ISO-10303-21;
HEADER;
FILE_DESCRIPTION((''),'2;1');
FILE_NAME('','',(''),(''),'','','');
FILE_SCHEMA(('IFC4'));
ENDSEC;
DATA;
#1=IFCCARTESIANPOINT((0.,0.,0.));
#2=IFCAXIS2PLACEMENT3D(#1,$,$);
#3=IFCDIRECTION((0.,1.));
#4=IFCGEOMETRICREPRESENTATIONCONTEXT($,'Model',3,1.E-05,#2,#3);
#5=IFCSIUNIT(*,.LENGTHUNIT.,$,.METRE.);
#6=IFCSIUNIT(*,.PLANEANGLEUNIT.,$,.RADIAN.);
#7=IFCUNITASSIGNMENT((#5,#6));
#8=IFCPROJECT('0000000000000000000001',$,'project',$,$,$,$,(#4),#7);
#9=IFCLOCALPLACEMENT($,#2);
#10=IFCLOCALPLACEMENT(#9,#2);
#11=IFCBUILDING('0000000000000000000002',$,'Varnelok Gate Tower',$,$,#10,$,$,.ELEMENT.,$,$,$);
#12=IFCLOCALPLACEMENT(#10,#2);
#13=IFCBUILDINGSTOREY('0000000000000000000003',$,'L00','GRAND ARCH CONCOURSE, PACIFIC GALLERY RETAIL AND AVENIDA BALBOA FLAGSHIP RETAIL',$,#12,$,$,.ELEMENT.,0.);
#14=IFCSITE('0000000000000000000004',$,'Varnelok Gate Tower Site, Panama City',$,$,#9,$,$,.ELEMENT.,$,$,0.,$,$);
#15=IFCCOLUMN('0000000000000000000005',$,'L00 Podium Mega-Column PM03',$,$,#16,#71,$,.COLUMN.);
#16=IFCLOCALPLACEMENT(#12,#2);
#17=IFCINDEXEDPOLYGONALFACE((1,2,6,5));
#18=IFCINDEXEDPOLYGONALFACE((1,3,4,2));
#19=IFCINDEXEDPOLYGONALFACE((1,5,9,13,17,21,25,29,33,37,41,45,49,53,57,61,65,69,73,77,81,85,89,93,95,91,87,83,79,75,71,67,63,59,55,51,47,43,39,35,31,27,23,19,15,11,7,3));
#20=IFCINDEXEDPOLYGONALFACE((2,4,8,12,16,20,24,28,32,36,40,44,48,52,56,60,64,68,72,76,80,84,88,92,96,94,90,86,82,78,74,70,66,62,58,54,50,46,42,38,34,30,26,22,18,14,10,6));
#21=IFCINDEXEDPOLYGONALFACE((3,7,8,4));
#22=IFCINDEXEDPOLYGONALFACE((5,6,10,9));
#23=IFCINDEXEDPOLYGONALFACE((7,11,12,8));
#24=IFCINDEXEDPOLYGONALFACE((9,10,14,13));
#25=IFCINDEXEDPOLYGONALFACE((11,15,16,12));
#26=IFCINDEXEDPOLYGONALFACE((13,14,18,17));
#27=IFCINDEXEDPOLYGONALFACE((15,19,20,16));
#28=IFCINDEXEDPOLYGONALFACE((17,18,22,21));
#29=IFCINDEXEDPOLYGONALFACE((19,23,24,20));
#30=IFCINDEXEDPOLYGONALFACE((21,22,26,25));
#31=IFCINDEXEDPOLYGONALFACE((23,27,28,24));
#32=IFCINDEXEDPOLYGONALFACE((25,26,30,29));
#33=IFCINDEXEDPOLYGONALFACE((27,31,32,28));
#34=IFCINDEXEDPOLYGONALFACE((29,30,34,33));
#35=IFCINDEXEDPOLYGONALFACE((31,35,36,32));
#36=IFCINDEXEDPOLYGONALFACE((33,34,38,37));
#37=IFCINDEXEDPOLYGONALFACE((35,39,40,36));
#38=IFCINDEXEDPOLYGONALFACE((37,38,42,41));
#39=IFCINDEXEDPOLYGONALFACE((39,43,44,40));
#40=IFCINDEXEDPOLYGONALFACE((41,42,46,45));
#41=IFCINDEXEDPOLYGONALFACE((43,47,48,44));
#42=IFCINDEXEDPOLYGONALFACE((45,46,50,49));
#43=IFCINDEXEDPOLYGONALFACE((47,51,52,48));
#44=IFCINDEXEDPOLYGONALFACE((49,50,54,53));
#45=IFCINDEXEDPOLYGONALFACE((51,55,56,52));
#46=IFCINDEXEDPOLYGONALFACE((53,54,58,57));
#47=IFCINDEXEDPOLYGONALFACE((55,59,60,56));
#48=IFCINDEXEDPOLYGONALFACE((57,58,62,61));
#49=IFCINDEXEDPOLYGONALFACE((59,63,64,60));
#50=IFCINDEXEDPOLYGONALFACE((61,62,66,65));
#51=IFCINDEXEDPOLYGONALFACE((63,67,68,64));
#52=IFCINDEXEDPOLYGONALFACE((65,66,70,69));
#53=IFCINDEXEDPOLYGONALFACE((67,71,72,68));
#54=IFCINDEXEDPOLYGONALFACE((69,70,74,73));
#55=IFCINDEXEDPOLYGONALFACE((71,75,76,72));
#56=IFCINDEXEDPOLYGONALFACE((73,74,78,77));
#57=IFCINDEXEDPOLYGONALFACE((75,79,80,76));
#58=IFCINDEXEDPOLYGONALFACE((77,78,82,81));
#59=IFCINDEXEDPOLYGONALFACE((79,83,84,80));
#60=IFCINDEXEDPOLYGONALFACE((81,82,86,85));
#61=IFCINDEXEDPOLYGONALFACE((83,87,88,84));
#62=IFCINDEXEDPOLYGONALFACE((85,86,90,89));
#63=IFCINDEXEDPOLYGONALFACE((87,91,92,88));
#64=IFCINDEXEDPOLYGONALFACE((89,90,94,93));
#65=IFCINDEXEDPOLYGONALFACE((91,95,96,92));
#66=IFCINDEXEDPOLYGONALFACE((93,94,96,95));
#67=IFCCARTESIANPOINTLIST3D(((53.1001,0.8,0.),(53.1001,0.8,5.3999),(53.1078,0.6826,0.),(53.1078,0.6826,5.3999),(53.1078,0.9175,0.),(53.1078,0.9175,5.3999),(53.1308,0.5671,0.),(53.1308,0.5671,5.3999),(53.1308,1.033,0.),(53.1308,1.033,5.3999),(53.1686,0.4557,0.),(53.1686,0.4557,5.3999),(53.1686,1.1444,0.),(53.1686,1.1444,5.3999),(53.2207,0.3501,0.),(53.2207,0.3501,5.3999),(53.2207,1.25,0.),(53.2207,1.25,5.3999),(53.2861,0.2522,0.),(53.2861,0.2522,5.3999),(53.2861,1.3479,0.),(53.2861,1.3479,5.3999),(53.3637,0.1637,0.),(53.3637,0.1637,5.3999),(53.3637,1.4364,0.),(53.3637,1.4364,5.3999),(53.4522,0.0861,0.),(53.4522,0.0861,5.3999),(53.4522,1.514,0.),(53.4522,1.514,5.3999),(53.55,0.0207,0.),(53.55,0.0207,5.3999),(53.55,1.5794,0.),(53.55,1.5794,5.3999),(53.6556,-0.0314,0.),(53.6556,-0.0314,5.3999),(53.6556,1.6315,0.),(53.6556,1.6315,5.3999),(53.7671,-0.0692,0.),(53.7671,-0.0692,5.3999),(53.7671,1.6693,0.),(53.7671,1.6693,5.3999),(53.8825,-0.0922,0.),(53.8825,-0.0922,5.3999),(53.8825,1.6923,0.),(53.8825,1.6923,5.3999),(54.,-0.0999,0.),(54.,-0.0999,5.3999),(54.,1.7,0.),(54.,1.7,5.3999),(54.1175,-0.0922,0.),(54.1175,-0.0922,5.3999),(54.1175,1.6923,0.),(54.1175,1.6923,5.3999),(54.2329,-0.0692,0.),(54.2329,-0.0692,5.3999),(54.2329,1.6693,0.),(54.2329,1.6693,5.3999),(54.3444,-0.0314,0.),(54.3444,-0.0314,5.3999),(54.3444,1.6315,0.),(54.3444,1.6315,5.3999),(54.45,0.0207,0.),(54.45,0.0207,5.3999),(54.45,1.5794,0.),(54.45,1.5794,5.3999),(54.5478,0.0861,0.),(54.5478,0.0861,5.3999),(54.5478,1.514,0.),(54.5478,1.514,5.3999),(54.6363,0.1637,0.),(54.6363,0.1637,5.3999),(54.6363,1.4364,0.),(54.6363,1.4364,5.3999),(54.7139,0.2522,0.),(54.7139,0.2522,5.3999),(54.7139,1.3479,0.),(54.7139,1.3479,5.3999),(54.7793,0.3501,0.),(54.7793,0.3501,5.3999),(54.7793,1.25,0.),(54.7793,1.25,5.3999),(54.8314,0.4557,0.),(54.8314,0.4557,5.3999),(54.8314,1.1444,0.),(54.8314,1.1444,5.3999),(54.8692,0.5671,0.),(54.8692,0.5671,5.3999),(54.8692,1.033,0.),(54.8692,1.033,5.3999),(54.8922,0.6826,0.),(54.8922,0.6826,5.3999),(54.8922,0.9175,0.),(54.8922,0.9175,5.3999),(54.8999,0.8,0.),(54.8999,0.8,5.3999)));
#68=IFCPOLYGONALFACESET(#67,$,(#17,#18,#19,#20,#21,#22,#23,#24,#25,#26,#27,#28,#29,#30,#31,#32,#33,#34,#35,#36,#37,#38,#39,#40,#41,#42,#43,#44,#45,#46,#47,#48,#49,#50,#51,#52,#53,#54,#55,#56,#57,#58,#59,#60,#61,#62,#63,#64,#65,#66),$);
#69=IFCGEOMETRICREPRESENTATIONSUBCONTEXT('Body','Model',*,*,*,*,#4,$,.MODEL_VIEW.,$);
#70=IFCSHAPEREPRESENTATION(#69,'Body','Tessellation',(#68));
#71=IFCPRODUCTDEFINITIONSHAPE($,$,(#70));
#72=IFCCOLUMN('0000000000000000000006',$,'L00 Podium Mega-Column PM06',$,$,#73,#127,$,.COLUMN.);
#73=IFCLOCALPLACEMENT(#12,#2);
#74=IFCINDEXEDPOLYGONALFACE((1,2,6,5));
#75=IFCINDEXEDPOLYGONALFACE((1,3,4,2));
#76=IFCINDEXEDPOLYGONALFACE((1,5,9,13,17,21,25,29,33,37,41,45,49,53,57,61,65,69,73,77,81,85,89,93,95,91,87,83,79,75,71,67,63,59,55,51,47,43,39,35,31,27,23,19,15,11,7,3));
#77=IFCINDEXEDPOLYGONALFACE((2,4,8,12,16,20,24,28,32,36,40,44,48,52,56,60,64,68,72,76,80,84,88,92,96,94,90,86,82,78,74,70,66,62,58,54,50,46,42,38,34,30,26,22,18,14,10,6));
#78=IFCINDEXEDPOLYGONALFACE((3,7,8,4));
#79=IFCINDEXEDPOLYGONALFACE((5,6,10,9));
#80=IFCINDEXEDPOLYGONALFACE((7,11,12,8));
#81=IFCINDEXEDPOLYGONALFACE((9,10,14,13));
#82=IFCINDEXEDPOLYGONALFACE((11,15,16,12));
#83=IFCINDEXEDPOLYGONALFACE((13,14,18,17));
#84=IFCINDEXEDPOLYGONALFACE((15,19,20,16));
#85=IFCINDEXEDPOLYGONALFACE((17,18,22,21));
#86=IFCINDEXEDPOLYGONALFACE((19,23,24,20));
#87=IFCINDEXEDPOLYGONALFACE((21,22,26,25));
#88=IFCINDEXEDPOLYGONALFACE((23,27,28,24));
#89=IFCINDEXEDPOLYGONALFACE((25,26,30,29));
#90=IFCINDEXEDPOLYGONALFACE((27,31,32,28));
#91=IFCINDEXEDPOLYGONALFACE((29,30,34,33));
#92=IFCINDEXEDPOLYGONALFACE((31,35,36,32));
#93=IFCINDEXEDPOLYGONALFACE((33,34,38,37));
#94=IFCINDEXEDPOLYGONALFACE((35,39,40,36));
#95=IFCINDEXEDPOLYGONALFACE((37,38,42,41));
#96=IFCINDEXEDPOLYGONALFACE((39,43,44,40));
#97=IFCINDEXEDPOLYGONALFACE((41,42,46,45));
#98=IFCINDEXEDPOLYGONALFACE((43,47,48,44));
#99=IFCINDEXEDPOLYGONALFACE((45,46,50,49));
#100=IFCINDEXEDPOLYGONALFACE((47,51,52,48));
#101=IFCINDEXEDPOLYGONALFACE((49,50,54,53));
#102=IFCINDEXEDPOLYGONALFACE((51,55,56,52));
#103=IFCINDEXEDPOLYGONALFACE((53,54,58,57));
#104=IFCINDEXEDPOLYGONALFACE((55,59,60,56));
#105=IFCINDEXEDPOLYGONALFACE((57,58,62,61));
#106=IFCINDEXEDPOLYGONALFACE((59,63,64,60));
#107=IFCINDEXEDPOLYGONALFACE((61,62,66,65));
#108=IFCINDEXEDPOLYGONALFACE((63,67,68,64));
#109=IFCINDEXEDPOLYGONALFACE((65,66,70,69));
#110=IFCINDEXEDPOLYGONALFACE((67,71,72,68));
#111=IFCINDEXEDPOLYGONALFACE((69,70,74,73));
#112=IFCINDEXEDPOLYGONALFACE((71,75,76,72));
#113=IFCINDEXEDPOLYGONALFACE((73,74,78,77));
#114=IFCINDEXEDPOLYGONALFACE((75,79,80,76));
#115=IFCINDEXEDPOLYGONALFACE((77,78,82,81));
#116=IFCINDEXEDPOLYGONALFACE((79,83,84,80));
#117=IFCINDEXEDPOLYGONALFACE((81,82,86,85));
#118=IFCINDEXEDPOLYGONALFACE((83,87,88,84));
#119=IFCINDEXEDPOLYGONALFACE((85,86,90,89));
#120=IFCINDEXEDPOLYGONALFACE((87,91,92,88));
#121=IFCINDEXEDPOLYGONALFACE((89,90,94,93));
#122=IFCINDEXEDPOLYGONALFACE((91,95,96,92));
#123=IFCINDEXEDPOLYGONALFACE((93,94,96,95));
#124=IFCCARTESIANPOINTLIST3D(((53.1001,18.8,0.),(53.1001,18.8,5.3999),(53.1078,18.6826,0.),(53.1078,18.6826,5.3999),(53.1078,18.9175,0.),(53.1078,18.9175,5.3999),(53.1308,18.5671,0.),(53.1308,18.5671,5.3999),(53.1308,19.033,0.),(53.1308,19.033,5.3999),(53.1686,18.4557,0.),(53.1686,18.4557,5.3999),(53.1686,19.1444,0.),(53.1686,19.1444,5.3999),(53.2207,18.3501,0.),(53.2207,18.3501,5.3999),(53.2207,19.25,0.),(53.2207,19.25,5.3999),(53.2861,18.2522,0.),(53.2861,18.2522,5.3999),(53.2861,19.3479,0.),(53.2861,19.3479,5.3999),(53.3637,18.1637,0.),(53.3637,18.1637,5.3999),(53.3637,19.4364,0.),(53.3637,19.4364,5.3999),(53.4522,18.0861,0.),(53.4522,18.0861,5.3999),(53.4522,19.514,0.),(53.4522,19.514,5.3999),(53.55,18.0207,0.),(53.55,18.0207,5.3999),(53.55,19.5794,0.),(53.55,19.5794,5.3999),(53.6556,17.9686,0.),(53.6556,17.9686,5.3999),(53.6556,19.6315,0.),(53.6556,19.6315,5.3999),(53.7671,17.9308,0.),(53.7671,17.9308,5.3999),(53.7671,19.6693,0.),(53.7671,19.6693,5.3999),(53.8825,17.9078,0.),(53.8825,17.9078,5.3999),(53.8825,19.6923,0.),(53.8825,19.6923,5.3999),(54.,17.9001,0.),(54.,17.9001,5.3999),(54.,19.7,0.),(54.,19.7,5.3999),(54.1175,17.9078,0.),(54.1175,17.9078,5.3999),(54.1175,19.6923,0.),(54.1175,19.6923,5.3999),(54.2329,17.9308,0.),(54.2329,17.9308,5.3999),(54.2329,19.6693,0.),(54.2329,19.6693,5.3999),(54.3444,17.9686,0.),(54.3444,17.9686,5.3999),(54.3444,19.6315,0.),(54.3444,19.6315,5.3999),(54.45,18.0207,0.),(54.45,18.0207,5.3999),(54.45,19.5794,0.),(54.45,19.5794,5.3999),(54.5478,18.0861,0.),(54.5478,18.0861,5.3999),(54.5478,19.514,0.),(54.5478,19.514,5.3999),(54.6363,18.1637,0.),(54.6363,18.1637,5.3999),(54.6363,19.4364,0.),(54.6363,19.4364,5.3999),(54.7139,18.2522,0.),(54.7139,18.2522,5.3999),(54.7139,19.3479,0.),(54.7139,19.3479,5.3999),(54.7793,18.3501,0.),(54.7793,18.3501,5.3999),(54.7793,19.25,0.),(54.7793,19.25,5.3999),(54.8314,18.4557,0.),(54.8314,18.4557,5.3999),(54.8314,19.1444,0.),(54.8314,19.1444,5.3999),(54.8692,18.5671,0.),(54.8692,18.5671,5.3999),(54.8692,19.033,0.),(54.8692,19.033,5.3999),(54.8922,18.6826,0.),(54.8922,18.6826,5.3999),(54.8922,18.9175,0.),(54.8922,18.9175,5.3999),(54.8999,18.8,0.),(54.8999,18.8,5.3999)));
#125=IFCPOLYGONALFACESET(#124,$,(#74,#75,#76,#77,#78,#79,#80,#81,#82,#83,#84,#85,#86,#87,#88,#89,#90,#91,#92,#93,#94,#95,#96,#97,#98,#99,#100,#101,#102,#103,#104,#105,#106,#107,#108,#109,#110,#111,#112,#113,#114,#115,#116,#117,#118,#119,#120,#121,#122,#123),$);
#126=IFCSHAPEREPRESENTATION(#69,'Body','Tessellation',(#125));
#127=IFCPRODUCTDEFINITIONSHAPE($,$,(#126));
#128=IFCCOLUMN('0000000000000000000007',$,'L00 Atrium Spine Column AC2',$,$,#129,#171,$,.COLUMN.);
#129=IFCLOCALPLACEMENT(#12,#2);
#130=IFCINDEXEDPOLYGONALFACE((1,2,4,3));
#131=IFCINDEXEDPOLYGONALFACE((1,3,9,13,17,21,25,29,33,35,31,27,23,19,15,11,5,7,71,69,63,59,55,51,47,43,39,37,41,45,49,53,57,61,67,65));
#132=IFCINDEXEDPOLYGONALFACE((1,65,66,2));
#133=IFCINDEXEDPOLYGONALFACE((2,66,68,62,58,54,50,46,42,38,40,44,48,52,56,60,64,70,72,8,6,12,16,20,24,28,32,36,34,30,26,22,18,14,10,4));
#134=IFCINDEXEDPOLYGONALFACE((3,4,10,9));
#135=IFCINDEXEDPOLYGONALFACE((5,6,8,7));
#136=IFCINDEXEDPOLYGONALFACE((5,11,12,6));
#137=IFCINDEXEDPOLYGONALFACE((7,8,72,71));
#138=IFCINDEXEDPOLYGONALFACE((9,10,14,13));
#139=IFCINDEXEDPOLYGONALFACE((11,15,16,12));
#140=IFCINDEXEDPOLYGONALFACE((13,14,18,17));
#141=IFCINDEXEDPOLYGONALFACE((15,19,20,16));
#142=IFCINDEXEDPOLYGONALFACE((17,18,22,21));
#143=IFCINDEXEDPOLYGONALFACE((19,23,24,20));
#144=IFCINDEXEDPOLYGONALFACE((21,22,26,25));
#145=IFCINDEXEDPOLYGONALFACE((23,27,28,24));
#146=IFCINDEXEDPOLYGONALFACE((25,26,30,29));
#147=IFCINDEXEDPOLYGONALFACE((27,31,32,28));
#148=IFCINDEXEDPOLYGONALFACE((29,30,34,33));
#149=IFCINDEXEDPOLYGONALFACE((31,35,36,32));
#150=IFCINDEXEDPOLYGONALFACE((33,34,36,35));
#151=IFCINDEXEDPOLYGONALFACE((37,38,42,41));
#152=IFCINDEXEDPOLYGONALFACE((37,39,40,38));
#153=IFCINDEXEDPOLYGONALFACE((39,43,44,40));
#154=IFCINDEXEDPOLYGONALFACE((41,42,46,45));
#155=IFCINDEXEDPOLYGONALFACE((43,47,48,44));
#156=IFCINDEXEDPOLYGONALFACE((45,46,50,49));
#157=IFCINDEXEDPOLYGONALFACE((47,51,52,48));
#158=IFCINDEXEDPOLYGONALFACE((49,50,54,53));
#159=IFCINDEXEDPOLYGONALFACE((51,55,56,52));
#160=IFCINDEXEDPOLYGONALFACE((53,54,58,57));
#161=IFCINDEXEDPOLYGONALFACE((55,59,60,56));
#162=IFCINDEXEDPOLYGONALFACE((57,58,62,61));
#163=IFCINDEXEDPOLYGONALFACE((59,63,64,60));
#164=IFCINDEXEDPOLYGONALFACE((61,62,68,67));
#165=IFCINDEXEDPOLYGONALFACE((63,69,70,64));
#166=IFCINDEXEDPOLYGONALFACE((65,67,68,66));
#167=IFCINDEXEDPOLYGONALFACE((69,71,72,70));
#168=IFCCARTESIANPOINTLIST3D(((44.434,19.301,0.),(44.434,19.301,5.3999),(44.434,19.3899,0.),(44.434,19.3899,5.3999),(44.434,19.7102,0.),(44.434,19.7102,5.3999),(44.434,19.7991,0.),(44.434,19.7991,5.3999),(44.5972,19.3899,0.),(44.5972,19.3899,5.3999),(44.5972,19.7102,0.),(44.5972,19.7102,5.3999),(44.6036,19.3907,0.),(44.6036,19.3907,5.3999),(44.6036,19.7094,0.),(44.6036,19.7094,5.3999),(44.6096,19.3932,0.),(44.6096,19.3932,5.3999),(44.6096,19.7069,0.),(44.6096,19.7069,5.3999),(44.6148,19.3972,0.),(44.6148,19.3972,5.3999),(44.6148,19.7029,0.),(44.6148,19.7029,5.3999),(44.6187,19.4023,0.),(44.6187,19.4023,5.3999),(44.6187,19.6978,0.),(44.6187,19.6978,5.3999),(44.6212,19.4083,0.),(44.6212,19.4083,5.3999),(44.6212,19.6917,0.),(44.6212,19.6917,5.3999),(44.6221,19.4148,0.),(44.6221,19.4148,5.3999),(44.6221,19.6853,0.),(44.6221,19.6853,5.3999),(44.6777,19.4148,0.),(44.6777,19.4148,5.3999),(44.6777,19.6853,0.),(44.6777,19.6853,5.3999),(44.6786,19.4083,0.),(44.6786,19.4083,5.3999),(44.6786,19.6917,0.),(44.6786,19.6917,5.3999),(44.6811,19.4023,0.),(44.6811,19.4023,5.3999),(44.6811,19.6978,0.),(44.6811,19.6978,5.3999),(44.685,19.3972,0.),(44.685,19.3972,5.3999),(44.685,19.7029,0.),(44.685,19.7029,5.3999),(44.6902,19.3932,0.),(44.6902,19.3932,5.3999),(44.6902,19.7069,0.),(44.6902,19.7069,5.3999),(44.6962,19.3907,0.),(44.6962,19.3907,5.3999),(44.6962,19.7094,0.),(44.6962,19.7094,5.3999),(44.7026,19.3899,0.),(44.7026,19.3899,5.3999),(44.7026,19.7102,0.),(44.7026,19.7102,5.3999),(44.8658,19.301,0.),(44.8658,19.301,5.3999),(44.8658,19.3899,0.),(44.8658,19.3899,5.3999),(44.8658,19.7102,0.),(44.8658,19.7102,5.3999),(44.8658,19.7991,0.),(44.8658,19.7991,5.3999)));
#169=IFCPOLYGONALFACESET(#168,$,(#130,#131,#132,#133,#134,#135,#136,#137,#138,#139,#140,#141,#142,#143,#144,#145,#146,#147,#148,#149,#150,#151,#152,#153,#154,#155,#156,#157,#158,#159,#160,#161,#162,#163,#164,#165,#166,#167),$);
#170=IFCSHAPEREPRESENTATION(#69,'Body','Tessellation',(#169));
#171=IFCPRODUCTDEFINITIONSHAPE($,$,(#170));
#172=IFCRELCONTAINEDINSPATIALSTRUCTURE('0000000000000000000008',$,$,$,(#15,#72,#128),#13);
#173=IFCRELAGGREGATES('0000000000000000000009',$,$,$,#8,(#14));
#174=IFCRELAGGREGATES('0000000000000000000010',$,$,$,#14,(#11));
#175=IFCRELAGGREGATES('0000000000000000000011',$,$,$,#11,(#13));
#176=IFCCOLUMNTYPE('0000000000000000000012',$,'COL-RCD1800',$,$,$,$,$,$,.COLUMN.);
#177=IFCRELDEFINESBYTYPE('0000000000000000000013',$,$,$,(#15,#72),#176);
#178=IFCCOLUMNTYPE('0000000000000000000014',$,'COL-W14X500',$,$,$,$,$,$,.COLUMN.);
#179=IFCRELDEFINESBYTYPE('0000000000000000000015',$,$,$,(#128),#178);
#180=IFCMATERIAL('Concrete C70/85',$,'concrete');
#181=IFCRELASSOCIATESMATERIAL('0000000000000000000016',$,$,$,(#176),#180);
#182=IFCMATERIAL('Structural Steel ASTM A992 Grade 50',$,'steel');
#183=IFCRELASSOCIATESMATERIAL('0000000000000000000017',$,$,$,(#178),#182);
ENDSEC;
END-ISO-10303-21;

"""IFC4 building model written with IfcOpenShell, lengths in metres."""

from ifc_helpers import new_model, si_unit, direction, frame, origin, origin_2d, place, context, subcontext, project, spatial, circle, i_section, extrude, material, material_profile, profile_set, type_object, element, save


model = new_model("IFC4")

# Units and contexts
model_context = context("Model", 3, precision=1e-05, world=origin(), true_north=direction((0.0, 1.0)))
body_context = subcontext(model_context, "Body", "Model", "MODEL_VIEW")
ifc_project = project(units=[si_unit("LENGTHUNIT", "METRE"), si_unit("PLANEANGLEUNIT", "RADIAN")], contexts=[model_context])

# Site, building, storey
site_placement = place(None, origin())
site = spatial("IfcSite", under=ifc_project, at=site_placement, Name="Varnelok Gate Tower Site, Panama City", CompositionType="ELEMENT", RefElevation=0.0)
building_placement = place(site_placement, origin())
building = spatial("IfcBuilding", under=site, at=building_placement, Name="Varnelok Gate Tower", CompositionType="ELEMENT")
storey_placement = place(building_placement, origin())
storey = spatial("IfcBuildingStorey", under=building, at=storey_placement, Name="L00", Description="GRAND ARCH CONCOURSE, PACIFIC GALLERY RETAIL AND AVENIDA BALBOA FLAGSHIP RETAIL", CompositionType="ELEMENT", Elevation=0.0)

# Columns
ifc_material_1 = material(Name="Concrete C70/85", Category="concrete")
ifc_material_profile_1 = material_profile(ifc_material_1, circle(Radius=0.8999, at=origin_2d()), Name="RCD1800")
ifc_profile_set_1 = profile_set([ifc_material_profile_1], Name="Concrete C70/85")
column_type_1 = type_object("IfcColumnType", Name="COL-RCD1800", PredefinedType="COLUMN", material=ifc_profile_set_1)
for number, where, z_axis, x_axis, name in (
    (1, (54.0, 0.8, 0.0), (0.0, 0.0, 1.0), (1.0, 0.0, 0.0), "L00 Podium Mega-Column PM03"),
    (2, (54.0, 18.8, 0.0), (0.0, 0.0, 1.0), (1.0, 0.0, 0.0), "L00 Podium Mega-Column PM06"),
):
    element("IfcColumn", number, at=place(storey_placement, frame(where, z_axis=z_axis, x_axis=x_axis)), inside=storey, type_object=column_type_1, Name=name, PredefinedType="COLUMN", context=body_context, shape_type="SweptSolid", body=[
        extrude(circle(Radius=0.8999, at=origin_2d()), origin(), (0.0, 0.0, 1.0), 5.3999),
    ])
ifc_material_2 = material(Name="Structural Steel ASTM A992 Grade 50", Category="steel")
ifc_material_profile_2 = material_profile(ifc_material_2, i_section(OverallWidth=0.4319, OverallDepth=0.498, WebThickness=0.0557, FlangeThickness=0.0889, FilletRadius=0.0249, at=origin_2d()), Name="W14X500")
ifc_profile_set_2 = profile_set([ifc_material_profile_2], Name="Structural Steel ASTM A992 Grade 50")
column_type_2 = type_object("IfcColumnType", Name="COL-W14X500", PredefinedType="COLUMN", material=ifc_profile_set_2)
column_placement = place(storey_placement, frame((44.6499, 19.55, 0.0), z_axis=(0.0, 0.0, 1.0), x_axis=(1.0, 0.0, 0.0)))
element("IfcColumn", 3, at=column_placement, inside=storey, type_object=column_type_2, Name="L00 Atrium Spine Column AC2", PredefinedType="COLUMN", context=body_context, shape_type="SweptSolid", body=[
    extrude(i_section(OverallWidth=0.4319, OverallDepth=0.498, WebThickness=0.0557, FlangeThickness=0.0889, FilletRadius=0.0249, at=origin_2d()), origin(), (0.0, 0.0, 1.0), 5.3999),
])

save(model, "model.ifc")
